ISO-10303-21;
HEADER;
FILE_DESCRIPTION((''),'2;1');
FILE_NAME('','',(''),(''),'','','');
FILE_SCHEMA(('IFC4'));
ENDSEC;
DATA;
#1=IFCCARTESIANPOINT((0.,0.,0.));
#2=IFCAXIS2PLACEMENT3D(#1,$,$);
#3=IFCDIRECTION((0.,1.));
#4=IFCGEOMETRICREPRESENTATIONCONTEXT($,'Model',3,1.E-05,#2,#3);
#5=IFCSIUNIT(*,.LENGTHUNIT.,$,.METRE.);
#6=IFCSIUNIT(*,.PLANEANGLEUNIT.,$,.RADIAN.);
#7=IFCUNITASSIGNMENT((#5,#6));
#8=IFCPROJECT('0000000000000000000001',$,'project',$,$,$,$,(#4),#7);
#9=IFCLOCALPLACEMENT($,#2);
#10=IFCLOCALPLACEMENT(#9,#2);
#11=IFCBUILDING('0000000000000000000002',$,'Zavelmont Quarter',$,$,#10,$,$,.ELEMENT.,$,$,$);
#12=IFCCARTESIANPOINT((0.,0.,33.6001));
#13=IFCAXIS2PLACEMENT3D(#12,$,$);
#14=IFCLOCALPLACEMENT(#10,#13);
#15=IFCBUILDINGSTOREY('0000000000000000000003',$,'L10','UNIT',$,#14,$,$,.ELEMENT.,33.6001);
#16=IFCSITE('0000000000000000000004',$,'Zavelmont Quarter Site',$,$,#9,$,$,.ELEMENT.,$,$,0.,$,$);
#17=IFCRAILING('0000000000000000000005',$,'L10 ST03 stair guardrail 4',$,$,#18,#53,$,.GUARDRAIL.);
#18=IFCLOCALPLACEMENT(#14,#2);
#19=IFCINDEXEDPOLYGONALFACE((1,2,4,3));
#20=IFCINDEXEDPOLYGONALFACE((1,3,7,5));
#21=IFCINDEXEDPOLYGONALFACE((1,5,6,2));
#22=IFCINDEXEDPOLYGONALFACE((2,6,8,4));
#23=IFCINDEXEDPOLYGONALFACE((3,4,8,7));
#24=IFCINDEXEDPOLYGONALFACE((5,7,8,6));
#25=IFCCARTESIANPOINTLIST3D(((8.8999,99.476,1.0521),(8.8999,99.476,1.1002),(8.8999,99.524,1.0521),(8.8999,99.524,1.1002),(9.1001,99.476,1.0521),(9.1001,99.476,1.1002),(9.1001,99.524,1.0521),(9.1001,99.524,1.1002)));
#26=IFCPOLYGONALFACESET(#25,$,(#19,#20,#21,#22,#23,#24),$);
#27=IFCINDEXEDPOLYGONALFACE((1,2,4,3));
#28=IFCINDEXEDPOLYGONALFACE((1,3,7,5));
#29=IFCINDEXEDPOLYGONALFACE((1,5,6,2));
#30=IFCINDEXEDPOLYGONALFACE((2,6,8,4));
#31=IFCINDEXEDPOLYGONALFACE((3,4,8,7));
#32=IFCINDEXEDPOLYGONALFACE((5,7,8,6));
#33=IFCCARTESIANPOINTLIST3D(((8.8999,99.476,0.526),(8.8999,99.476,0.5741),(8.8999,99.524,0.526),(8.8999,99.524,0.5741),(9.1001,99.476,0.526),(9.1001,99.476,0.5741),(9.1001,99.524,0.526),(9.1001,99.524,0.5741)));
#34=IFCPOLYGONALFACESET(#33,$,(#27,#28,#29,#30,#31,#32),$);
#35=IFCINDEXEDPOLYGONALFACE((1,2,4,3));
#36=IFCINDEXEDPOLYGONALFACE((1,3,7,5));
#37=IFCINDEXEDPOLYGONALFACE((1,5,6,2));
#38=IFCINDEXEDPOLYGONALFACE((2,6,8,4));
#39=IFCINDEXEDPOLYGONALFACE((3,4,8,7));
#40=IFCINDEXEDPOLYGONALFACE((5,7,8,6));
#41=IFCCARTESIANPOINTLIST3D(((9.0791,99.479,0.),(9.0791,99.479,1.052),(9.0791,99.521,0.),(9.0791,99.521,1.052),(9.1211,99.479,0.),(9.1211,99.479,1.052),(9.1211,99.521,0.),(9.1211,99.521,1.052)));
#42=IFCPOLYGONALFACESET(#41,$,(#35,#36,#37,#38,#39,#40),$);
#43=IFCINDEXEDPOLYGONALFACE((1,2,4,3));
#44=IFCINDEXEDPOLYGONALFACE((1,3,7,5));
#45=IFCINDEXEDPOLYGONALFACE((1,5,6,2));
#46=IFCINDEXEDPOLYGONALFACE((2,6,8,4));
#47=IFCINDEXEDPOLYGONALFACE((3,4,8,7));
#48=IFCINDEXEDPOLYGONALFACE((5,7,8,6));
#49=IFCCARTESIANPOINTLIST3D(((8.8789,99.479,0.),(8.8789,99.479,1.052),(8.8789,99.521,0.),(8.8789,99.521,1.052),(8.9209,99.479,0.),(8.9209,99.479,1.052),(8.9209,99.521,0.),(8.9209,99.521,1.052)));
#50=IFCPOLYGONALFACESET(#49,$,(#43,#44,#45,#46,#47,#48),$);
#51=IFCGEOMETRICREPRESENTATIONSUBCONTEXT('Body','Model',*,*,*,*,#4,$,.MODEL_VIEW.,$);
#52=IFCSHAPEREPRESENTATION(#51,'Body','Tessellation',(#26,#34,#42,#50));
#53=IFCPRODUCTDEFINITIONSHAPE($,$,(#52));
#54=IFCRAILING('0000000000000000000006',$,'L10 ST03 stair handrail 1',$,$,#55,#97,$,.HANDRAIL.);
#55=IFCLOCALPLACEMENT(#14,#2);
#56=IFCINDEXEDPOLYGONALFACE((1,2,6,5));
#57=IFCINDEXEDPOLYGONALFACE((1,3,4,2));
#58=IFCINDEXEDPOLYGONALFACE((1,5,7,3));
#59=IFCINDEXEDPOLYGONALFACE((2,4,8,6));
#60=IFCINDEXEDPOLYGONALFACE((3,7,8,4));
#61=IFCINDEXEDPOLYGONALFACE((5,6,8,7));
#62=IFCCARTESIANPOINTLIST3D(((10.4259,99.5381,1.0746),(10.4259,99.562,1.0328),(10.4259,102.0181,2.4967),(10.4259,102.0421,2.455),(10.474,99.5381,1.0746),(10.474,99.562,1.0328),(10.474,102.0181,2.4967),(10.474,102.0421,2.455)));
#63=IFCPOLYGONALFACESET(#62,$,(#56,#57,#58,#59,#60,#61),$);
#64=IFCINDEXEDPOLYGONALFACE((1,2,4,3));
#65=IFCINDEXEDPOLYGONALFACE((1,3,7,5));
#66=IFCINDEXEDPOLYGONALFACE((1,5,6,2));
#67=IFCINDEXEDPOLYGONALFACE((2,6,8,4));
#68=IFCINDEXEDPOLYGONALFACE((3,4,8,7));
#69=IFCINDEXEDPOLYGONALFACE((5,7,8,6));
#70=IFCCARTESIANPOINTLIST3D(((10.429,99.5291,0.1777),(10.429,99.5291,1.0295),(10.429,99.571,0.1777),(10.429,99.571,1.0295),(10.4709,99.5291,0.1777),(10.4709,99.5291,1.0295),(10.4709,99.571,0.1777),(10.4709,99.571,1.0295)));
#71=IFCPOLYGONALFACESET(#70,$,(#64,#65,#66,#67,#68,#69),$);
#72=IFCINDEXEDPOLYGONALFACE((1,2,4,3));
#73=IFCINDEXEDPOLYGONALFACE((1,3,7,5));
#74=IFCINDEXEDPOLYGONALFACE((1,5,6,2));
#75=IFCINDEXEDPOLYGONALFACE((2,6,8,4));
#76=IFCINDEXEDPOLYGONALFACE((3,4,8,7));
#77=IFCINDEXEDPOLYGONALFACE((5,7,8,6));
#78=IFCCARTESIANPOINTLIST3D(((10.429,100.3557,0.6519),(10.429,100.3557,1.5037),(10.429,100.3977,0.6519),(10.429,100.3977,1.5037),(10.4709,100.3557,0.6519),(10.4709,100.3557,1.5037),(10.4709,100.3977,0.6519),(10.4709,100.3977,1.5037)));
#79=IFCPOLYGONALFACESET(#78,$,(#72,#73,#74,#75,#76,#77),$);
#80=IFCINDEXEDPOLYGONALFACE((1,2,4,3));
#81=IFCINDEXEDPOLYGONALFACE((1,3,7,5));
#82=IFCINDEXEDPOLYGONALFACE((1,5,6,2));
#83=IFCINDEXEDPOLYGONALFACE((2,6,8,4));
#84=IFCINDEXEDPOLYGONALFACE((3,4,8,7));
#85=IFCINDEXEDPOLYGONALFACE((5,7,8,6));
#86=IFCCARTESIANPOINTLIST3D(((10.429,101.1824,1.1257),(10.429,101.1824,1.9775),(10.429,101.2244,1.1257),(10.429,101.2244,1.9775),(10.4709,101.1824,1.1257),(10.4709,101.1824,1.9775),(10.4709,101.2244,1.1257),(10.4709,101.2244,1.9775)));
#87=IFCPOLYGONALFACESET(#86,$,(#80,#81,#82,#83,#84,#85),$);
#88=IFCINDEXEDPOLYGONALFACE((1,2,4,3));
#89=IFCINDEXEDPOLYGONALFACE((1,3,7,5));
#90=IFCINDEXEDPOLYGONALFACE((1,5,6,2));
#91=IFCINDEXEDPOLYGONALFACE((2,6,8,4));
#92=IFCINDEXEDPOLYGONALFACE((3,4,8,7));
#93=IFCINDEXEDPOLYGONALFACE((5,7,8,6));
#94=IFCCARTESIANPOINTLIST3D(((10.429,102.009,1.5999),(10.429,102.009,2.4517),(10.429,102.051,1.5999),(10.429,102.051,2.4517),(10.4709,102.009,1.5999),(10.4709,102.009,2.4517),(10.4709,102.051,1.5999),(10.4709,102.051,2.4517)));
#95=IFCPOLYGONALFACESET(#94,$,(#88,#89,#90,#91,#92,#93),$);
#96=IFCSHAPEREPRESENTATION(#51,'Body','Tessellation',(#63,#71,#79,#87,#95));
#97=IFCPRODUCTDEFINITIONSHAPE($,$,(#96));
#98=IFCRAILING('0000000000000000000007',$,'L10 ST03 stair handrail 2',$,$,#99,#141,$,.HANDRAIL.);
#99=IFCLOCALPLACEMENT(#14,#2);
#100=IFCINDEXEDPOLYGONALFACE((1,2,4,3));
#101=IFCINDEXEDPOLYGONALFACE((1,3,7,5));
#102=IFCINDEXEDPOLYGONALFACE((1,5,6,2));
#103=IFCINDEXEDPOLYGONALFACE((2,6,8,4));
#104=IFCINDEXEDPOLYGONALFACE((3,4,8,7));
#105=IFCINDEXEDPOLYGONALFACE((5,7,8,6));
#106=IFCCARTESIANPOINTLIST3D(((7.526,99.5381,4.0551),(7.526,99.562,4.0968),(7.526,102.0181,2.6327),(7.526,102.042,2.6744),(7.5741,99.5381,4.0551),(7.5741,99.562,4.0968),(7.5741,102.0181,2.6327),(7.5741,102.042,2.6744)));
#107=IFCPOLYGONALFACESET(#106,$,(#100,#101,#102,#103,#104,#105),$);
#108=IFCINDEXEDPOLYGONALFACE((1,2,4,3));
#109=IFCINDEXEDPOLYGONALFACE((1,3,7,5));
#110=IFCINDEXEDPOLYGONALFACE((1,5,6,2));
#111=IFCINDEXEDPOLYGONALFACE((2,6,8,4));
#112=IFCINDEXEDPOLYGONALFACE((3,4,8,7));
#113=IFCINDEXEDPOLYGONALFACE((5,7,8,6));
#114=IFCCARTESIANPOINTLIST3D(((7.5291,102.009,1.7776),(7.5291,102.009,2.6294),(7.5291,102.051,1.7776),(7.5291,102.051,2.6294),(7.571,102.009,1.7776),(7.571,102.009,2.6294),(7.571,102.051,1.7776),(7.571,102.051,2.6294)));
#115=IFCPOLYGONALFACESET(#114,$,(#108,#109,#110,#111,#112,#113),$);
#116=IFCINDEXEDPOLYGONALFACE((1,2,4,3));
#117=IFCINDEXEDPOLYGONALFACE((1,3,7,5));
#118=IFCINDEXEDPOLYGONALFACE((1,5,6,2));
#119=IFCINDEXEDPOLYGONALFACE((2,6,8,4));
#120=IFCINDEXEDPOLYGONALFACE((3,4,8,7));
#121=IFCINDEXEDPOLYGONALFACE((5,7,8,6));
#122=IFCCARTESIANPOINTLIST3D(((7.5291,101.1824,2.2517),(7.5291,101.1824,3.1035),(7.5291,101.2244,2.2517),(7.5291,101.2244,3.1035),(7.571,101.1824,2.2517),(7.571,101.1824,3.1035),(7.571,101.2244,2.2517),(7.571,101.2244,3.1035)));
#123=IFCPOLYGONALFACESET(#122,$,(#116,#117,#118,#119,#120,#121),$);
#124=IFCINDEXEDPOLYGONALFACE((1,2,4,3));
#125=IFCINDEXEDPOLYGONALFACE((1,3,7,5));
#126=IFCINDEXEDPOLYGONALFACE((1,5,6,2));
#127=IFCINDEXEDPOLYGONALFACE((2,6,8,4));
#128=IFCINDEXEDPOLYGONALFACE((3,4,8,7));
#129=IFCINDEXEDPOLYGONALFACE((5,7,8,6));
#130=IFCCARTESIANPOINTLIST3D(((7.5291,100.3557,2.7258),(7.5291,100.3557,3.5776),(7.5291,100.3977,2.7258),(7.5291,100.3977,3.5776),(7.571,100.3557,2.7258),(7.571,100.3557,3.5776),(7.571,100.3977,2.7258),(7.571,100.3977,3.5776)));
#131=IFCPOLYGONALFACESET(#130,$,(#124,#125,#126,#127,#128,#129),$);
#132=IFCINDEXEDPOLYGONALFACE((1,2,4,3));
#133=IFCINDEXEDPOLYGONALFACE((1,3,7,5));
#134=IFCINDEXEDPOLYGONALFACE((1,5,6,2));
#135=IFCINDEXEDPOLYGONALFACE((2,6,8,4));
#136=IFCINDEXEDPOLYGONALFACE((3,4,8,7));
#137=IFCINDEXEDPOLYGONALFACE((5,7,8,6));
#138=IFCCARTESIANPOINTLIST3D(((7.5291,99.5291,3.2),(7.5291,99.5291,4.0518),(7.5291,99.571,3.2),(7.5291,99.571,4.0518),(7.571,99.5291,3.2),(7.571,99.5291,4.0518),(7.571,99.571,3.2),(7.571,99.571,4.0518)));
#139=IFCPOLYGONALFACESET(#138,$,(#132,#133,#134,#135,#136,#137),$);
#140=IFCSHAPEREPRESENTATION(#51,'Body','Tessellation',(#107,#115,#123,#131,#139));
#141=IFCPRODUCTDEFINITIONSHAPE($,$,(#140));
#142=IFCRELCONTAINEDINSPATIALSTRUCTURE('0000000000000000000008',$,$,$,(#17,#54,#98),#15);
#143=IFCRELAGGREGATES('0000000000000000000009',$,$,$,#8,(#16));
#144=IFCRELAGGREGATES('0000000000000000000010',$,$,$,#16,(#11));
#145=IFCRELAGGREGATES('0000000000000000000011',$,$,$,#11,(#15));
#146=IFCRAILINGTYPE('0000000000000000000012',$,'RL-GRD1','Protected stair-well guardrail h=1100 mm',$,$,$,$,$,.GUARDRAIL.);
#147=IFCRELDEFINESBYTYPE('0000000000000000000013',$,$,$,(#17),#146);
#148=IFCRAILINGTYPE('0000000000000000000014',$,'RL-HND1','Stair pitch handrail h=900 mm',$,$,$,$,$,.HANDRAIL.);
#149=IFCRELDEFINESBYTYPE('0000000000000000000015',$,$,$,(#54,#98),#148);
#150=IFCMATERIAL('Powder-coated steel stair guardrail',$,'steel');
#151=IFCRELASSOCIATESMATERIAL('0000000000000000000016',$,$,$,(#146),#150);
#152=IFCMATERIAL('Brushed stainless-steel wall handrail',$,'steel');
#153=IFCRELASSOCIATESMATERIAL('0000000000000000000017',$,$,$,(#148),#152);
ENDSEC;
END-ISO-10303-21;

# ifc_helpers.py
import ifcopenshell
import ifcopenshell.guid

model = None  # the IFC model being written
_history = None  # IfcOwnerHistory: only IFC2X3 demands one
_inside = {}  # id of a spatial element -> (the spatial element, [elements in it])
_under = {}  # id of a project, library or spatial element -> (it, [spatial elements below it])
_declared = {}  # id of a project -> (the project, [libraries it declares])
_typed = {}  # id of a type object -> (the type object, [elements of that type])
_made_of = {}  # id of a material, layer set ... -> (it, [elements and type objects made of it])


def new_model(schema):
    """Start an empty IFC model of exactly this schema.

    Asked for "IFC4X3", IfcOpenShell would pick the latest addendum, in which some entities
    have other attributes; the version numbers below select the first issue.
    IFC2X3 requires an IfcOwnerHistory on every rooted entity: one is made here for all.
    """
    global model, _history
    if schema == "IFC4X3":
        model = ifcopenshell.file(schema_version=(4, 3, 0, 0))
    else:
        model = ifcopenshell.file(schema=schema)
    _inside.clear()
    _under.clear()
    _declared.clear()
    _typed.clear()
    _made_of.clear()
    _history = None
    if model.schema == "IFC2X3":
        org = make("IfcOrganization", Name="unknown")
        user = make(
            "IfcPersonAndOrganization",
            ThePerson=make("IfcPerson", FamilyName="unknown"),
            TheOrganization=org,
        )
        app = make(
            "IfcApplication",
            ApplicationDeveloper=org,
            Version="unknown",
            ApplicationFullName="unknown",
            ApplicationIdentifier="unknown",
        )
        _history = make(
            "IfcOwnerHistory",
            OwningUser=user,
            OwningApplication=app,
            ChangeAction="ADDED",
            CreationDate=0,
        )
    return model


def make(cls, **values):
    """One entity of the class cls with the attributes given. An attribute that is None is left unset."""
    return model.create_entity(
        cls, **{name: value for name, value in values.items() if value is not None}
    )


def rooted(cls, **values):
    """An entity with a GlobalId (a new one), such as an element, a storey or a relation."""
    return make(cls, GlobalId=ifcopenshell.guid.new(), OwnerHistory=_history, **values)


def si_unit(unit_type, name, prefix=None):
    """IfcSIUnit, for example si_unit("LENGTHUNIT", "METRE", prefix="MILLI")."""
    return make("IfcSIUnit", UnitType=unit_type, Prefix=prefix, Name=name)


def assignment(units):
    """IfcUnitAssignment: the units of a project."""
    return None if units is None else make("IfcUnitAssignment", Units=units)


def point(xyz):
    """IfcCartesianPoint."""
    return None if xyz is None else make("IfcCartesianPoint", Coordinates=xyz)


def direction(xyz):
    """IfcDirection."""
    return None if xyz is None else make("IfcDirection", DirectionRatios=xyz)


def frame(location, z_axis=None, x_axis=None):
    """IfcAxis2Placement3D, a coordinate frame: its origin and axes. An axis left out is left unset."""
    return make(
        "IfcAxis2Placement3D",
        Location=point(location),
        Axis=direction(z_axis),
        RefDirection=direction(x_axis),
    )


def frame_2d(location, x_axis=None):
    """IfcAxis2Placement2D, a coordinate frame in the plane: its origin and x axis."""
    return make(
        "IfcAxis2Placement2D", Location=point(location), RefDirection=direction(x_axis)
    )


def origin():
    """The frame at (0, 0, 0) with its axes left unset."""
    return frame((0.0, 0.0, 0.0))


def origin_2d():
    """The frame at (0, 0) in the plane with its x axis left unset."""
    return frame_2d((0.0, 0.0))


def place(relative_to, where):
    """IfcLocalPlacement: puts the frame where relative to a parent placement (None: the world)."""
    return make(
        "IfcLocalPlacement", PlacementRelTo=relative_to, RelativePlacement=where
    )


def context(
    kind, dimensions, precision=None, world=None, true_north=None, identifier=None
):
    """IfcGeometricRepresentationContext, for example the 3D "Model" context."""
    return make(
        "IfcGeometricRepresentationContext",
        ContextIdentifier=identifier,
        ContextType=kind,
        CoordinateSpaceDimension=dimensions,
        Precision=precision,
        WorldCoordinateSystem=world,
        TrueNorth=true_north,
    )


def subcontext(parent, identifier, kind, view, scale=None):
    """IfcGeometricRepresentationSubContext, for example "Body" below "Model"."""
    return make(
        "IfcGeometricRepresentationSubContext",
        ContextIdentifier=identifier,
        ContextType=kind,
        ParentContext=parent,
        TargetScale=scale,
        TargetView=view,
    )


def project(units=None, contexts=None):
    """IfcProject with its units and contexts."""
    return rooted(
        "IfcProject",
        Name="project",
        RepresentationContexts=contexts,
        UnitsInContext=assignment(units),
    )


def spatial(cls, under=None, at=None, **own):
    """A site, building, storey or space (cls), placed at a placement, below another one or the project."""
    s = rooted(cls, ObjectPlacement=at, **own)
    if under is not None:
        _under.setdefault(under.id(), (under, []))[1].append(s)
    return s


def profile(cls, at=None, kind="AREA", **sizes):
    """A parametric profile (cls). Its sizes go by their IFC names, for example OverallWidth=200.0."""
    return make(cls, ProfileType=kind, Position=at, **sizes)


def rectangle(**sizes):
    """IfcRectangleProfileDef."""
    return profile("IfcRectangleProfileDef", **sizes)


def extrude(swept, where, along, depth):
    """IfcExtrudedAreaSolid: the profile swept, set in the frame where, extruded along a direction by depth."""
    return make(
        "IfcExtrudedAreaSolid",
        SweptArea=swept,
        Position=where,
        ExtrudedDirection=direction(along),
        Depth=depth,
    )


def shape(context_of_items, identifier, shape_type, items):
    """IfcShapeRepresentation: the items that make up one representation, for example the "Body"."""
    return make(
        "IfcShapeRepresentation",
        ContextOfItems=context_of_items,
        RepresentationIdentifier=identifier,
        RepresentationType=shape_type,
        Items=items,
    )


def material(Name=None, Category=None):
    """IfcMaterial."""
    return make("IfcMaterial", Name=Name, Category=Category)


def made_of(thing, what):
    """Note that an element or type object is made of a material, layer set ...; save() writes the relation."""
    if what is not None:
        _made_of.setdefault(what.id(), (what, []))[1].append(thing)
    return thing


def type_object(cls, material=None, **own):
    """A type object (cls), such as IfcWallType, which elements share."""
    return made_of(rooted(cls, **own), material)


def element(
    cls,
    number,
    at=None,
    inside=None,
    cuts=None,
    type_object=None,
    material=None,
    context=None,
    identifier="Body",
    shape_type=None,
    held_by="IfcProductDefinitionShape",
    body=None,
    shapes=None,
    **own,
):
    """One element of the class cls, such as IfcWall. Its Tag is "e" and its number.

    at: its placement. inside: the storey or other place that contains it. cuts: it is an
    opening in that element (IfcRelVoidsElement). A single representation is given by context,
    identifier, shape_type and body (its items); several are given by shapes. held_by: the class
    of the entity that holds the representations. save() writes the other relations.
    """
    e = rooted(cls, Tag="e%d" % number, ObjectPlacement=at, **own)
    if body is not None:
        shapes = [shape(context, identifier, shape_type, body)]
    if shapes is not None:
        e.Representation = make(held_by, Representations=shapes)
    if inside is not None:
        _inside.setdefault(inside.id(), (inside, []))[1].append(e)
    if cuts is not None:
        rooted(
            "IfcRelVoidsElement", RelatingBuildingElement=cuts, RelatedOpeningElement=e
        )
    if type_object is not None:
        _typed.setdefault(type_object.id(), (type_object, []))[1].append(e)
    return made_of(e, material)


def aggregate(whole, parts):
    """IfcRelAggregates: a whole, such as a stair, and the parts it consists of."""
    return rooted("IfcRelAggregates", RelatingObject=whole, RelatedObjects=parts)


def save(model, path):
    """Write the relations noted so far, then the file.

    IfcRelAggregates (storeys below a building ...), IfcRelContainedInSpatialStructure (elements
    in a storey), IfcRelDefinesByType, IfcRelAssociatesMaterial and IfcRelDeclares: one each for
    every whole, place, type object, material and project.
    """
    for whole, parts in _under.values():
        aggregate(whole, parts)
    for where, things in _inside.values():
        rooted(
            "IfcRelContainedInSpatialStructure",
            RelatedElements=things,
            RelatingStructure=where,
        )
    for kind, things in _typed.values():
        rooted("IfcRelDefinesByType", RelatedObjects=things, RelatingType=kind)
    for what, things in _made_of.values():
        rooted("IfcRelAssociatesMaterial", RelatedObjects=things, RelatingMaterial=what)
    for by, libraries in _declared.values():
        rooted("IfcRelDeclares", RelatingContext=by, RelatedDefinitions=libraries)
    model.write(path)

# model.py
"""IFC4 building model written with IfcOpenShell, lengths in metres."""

from ifc_helpers import new_model, si_unit, direction, frame, origin, origin_2d, place, context, subcontext, project, spatial, rectangle, extrude, material, type_object, element, save


model = new_model("IFC4")

# Units and contexts
model_context = context("Model", 3, precision=1e-05, world=origin(), true_north=direction((0.0, 1.0)))
body_context = subcontext(model_context, "Body", "Model", "MODEL_VIEW")
ifc_project = project(units=[si_unit("LENGTHUNIT", "METRE"), si_unit("PLANEANGLEUNIT", "RADIAN")], contexts=[model_context])

# Site, building, storey
site_placement = place(None, origin())
site = spatial("IfcSite", under=ifc_project, at=site_placement, Name="Zavelmont Quarter Site", CompositionType="ELEMENT", RefElevation=0.0)
building_placement = place(site_placement, origin())
building = spatial("IfcBuilding", under=site, at=building_placement, Name="Zavelmont Quarter", CompositionType="ELEMENT")
storey_placement = place(building_placement, frame((0.0, 0.0, 33.6001)))
storey = spatial("IfcBuildingStorey", under=building, at=storey_placement, Name="L10", Description="UNIT", CompositionType="ELEMENT", Elevation=33.6001)

# Railings
ifc_material_1 = material(Name="Powder-coated steel stair guardrail", Category="steel")
railing_type_1 = type_object("IfcRailingType", Name="RL-GRD1", Description="Protected stair-well guardrail h=1100 mm", PredefinedType="GUARDRAIL", material=ifc_material_1)
railing_1_placement = place(storey_placement, frame((9.1001, 99.5, 0.0)))
element("IfcRailing", 1, at=railing_1_placement, inside=storey, type_object=railing_type_1, Name="L10 ST03 stair guardrail 4", PredefinedType="GUARDRAIL", context=body_context, shape_type="SweptSolid", body=[
    extrude(rectangle(XDim=0.0481, YDim=0.0481, at=origin_2d()), frame((0.0, 0.0, 1.0762), z_axis=(-1.0, 0.0, 0.0), x_axis=(0.0, -1.0, 0.0)), (0.0, 0.0, 1.0), 0.2002),
    extrude(rectangle(XDim=0.0481, YDim=0.0481, at=origin_2d()), frame((0.0, 0.0, 0.55), z_axis=(-1.0, 0.0, 0.0), x_axis=(0.0, -1.0, 0.0)), (0.0, 0.0, 1.0), 0.2002),
    extrude(rectangle(XDim=0.042, YDim=0.042, at=origin_2d()), origin(), (0.0, 0.0, 1.0), 1.052),
    extrude(rectangle(XDim=0.042, YDim=0.042, at=origin_2d()), frame((-0.2002, 0.0, 0.0)), (0.0, 0.0, 1.0), 1.052),
])
ifc_material_2 = material(Name="Brushed stainless-steel wall handrail", Category="steel")
railing_type_2 = type_object("IfcRailingType", Name="RL-HND1", Description="Stair pitch handrail h=900 mm", PredefinedType="HANDRAIL", material=ifc_material_2)
railing_2_placement = place(storey_placement, frame((10.45, 99.55, 0.1777)))
element("IfcRailing", 2, at=railing_2_placement, inside=storey, type_object=railing_type_2, Name="L10 ST03 stair handrail 1", PredefinedType="HANDRAIL", context=body_context, shape_type="SweptSolid", body=[
    extrude(rectangle(XDim=0.0481, YDim=0.0481, at=origin_2d()), frame((0.0, 0.0, 0.876), z_axis=(0.0, 0.867491, 0.497454), x_axis=(-1.0, 0.0, 0.0)), (0.0, 0.0, 1.0), 2.8589),
    extrude(rectangle(XDim=0.042, YDim=0.042, at=origin_2d()), origin(), (0.0, 0.0, 1.0), 0.8518),
    extrude(rectangle(XDim=0.042, YDim=0.042, at=origin_2d()), frame((0.0, 0.8267, 0.4741)), (0.0, 0.0, 1.0), 0.8518),
    extrude(rectangle(XDim=0.042, YDim=0.042, at=origin_2d()), frame((0.0, 1.6533, 0.948)), (0.0, 0.0, 1.0), 0.8518),
    extrude(rectangle(XDim=0.042, YDim=0.042, at=origin_2d()), frame((0.0, 2.48, 1.4221)), (0.0, 0.0, 1.0), 0.8518),
])
railing_3_placement = place(storey_placement, frame((7.55, 102.03, 1.7776)))
element("IfcRailing", 3, at=railing_3_placement, inside=storey, type_object=railing_type_2, Name="L10 ST03 stair handrail 2", PredefinedType="HANDRAIL", context=body_context, shape_type="SweptSolid", body=[
    extrude(rectangle(XDim=0.0481, YDim=0.0481, at=origin_2d()), frame((0.0, 0.0, 0.876), z_axis=(0.0, -0.867454, 0.497518), x_axis=(1.0, 0.0, 0.0)), (0.0, 0.0, 1.0), 2.8589),
    extrude(rectangle(XDim=0.042, YDim=0.042, at=origin_2d()), origin(), (0.0, 0.0, 1.0), 0.8518),
    extrude(rectangle(XDim=0.042, YDim=0.042, at=origin_2d()), frame((0.0, -0.8267, 0.4741)), (0.0, 0.0, 1.0), 0.8518),
    extrude(rectangle(XDim=0.042, YDim=0.042, at=origin_2d()), frame((0.0, -1.6533, 0.9482)), (0.0, 0.0, 1.0), 0.8518),
    extrude(rectangle(XDim=0.042, YDim=0.042, at=origin_2d()), frame((0.0, -2.48, 1.4224)), (0.0, 0.0, 1.0), 0.8518),
])

save(model, "model.ifc")
